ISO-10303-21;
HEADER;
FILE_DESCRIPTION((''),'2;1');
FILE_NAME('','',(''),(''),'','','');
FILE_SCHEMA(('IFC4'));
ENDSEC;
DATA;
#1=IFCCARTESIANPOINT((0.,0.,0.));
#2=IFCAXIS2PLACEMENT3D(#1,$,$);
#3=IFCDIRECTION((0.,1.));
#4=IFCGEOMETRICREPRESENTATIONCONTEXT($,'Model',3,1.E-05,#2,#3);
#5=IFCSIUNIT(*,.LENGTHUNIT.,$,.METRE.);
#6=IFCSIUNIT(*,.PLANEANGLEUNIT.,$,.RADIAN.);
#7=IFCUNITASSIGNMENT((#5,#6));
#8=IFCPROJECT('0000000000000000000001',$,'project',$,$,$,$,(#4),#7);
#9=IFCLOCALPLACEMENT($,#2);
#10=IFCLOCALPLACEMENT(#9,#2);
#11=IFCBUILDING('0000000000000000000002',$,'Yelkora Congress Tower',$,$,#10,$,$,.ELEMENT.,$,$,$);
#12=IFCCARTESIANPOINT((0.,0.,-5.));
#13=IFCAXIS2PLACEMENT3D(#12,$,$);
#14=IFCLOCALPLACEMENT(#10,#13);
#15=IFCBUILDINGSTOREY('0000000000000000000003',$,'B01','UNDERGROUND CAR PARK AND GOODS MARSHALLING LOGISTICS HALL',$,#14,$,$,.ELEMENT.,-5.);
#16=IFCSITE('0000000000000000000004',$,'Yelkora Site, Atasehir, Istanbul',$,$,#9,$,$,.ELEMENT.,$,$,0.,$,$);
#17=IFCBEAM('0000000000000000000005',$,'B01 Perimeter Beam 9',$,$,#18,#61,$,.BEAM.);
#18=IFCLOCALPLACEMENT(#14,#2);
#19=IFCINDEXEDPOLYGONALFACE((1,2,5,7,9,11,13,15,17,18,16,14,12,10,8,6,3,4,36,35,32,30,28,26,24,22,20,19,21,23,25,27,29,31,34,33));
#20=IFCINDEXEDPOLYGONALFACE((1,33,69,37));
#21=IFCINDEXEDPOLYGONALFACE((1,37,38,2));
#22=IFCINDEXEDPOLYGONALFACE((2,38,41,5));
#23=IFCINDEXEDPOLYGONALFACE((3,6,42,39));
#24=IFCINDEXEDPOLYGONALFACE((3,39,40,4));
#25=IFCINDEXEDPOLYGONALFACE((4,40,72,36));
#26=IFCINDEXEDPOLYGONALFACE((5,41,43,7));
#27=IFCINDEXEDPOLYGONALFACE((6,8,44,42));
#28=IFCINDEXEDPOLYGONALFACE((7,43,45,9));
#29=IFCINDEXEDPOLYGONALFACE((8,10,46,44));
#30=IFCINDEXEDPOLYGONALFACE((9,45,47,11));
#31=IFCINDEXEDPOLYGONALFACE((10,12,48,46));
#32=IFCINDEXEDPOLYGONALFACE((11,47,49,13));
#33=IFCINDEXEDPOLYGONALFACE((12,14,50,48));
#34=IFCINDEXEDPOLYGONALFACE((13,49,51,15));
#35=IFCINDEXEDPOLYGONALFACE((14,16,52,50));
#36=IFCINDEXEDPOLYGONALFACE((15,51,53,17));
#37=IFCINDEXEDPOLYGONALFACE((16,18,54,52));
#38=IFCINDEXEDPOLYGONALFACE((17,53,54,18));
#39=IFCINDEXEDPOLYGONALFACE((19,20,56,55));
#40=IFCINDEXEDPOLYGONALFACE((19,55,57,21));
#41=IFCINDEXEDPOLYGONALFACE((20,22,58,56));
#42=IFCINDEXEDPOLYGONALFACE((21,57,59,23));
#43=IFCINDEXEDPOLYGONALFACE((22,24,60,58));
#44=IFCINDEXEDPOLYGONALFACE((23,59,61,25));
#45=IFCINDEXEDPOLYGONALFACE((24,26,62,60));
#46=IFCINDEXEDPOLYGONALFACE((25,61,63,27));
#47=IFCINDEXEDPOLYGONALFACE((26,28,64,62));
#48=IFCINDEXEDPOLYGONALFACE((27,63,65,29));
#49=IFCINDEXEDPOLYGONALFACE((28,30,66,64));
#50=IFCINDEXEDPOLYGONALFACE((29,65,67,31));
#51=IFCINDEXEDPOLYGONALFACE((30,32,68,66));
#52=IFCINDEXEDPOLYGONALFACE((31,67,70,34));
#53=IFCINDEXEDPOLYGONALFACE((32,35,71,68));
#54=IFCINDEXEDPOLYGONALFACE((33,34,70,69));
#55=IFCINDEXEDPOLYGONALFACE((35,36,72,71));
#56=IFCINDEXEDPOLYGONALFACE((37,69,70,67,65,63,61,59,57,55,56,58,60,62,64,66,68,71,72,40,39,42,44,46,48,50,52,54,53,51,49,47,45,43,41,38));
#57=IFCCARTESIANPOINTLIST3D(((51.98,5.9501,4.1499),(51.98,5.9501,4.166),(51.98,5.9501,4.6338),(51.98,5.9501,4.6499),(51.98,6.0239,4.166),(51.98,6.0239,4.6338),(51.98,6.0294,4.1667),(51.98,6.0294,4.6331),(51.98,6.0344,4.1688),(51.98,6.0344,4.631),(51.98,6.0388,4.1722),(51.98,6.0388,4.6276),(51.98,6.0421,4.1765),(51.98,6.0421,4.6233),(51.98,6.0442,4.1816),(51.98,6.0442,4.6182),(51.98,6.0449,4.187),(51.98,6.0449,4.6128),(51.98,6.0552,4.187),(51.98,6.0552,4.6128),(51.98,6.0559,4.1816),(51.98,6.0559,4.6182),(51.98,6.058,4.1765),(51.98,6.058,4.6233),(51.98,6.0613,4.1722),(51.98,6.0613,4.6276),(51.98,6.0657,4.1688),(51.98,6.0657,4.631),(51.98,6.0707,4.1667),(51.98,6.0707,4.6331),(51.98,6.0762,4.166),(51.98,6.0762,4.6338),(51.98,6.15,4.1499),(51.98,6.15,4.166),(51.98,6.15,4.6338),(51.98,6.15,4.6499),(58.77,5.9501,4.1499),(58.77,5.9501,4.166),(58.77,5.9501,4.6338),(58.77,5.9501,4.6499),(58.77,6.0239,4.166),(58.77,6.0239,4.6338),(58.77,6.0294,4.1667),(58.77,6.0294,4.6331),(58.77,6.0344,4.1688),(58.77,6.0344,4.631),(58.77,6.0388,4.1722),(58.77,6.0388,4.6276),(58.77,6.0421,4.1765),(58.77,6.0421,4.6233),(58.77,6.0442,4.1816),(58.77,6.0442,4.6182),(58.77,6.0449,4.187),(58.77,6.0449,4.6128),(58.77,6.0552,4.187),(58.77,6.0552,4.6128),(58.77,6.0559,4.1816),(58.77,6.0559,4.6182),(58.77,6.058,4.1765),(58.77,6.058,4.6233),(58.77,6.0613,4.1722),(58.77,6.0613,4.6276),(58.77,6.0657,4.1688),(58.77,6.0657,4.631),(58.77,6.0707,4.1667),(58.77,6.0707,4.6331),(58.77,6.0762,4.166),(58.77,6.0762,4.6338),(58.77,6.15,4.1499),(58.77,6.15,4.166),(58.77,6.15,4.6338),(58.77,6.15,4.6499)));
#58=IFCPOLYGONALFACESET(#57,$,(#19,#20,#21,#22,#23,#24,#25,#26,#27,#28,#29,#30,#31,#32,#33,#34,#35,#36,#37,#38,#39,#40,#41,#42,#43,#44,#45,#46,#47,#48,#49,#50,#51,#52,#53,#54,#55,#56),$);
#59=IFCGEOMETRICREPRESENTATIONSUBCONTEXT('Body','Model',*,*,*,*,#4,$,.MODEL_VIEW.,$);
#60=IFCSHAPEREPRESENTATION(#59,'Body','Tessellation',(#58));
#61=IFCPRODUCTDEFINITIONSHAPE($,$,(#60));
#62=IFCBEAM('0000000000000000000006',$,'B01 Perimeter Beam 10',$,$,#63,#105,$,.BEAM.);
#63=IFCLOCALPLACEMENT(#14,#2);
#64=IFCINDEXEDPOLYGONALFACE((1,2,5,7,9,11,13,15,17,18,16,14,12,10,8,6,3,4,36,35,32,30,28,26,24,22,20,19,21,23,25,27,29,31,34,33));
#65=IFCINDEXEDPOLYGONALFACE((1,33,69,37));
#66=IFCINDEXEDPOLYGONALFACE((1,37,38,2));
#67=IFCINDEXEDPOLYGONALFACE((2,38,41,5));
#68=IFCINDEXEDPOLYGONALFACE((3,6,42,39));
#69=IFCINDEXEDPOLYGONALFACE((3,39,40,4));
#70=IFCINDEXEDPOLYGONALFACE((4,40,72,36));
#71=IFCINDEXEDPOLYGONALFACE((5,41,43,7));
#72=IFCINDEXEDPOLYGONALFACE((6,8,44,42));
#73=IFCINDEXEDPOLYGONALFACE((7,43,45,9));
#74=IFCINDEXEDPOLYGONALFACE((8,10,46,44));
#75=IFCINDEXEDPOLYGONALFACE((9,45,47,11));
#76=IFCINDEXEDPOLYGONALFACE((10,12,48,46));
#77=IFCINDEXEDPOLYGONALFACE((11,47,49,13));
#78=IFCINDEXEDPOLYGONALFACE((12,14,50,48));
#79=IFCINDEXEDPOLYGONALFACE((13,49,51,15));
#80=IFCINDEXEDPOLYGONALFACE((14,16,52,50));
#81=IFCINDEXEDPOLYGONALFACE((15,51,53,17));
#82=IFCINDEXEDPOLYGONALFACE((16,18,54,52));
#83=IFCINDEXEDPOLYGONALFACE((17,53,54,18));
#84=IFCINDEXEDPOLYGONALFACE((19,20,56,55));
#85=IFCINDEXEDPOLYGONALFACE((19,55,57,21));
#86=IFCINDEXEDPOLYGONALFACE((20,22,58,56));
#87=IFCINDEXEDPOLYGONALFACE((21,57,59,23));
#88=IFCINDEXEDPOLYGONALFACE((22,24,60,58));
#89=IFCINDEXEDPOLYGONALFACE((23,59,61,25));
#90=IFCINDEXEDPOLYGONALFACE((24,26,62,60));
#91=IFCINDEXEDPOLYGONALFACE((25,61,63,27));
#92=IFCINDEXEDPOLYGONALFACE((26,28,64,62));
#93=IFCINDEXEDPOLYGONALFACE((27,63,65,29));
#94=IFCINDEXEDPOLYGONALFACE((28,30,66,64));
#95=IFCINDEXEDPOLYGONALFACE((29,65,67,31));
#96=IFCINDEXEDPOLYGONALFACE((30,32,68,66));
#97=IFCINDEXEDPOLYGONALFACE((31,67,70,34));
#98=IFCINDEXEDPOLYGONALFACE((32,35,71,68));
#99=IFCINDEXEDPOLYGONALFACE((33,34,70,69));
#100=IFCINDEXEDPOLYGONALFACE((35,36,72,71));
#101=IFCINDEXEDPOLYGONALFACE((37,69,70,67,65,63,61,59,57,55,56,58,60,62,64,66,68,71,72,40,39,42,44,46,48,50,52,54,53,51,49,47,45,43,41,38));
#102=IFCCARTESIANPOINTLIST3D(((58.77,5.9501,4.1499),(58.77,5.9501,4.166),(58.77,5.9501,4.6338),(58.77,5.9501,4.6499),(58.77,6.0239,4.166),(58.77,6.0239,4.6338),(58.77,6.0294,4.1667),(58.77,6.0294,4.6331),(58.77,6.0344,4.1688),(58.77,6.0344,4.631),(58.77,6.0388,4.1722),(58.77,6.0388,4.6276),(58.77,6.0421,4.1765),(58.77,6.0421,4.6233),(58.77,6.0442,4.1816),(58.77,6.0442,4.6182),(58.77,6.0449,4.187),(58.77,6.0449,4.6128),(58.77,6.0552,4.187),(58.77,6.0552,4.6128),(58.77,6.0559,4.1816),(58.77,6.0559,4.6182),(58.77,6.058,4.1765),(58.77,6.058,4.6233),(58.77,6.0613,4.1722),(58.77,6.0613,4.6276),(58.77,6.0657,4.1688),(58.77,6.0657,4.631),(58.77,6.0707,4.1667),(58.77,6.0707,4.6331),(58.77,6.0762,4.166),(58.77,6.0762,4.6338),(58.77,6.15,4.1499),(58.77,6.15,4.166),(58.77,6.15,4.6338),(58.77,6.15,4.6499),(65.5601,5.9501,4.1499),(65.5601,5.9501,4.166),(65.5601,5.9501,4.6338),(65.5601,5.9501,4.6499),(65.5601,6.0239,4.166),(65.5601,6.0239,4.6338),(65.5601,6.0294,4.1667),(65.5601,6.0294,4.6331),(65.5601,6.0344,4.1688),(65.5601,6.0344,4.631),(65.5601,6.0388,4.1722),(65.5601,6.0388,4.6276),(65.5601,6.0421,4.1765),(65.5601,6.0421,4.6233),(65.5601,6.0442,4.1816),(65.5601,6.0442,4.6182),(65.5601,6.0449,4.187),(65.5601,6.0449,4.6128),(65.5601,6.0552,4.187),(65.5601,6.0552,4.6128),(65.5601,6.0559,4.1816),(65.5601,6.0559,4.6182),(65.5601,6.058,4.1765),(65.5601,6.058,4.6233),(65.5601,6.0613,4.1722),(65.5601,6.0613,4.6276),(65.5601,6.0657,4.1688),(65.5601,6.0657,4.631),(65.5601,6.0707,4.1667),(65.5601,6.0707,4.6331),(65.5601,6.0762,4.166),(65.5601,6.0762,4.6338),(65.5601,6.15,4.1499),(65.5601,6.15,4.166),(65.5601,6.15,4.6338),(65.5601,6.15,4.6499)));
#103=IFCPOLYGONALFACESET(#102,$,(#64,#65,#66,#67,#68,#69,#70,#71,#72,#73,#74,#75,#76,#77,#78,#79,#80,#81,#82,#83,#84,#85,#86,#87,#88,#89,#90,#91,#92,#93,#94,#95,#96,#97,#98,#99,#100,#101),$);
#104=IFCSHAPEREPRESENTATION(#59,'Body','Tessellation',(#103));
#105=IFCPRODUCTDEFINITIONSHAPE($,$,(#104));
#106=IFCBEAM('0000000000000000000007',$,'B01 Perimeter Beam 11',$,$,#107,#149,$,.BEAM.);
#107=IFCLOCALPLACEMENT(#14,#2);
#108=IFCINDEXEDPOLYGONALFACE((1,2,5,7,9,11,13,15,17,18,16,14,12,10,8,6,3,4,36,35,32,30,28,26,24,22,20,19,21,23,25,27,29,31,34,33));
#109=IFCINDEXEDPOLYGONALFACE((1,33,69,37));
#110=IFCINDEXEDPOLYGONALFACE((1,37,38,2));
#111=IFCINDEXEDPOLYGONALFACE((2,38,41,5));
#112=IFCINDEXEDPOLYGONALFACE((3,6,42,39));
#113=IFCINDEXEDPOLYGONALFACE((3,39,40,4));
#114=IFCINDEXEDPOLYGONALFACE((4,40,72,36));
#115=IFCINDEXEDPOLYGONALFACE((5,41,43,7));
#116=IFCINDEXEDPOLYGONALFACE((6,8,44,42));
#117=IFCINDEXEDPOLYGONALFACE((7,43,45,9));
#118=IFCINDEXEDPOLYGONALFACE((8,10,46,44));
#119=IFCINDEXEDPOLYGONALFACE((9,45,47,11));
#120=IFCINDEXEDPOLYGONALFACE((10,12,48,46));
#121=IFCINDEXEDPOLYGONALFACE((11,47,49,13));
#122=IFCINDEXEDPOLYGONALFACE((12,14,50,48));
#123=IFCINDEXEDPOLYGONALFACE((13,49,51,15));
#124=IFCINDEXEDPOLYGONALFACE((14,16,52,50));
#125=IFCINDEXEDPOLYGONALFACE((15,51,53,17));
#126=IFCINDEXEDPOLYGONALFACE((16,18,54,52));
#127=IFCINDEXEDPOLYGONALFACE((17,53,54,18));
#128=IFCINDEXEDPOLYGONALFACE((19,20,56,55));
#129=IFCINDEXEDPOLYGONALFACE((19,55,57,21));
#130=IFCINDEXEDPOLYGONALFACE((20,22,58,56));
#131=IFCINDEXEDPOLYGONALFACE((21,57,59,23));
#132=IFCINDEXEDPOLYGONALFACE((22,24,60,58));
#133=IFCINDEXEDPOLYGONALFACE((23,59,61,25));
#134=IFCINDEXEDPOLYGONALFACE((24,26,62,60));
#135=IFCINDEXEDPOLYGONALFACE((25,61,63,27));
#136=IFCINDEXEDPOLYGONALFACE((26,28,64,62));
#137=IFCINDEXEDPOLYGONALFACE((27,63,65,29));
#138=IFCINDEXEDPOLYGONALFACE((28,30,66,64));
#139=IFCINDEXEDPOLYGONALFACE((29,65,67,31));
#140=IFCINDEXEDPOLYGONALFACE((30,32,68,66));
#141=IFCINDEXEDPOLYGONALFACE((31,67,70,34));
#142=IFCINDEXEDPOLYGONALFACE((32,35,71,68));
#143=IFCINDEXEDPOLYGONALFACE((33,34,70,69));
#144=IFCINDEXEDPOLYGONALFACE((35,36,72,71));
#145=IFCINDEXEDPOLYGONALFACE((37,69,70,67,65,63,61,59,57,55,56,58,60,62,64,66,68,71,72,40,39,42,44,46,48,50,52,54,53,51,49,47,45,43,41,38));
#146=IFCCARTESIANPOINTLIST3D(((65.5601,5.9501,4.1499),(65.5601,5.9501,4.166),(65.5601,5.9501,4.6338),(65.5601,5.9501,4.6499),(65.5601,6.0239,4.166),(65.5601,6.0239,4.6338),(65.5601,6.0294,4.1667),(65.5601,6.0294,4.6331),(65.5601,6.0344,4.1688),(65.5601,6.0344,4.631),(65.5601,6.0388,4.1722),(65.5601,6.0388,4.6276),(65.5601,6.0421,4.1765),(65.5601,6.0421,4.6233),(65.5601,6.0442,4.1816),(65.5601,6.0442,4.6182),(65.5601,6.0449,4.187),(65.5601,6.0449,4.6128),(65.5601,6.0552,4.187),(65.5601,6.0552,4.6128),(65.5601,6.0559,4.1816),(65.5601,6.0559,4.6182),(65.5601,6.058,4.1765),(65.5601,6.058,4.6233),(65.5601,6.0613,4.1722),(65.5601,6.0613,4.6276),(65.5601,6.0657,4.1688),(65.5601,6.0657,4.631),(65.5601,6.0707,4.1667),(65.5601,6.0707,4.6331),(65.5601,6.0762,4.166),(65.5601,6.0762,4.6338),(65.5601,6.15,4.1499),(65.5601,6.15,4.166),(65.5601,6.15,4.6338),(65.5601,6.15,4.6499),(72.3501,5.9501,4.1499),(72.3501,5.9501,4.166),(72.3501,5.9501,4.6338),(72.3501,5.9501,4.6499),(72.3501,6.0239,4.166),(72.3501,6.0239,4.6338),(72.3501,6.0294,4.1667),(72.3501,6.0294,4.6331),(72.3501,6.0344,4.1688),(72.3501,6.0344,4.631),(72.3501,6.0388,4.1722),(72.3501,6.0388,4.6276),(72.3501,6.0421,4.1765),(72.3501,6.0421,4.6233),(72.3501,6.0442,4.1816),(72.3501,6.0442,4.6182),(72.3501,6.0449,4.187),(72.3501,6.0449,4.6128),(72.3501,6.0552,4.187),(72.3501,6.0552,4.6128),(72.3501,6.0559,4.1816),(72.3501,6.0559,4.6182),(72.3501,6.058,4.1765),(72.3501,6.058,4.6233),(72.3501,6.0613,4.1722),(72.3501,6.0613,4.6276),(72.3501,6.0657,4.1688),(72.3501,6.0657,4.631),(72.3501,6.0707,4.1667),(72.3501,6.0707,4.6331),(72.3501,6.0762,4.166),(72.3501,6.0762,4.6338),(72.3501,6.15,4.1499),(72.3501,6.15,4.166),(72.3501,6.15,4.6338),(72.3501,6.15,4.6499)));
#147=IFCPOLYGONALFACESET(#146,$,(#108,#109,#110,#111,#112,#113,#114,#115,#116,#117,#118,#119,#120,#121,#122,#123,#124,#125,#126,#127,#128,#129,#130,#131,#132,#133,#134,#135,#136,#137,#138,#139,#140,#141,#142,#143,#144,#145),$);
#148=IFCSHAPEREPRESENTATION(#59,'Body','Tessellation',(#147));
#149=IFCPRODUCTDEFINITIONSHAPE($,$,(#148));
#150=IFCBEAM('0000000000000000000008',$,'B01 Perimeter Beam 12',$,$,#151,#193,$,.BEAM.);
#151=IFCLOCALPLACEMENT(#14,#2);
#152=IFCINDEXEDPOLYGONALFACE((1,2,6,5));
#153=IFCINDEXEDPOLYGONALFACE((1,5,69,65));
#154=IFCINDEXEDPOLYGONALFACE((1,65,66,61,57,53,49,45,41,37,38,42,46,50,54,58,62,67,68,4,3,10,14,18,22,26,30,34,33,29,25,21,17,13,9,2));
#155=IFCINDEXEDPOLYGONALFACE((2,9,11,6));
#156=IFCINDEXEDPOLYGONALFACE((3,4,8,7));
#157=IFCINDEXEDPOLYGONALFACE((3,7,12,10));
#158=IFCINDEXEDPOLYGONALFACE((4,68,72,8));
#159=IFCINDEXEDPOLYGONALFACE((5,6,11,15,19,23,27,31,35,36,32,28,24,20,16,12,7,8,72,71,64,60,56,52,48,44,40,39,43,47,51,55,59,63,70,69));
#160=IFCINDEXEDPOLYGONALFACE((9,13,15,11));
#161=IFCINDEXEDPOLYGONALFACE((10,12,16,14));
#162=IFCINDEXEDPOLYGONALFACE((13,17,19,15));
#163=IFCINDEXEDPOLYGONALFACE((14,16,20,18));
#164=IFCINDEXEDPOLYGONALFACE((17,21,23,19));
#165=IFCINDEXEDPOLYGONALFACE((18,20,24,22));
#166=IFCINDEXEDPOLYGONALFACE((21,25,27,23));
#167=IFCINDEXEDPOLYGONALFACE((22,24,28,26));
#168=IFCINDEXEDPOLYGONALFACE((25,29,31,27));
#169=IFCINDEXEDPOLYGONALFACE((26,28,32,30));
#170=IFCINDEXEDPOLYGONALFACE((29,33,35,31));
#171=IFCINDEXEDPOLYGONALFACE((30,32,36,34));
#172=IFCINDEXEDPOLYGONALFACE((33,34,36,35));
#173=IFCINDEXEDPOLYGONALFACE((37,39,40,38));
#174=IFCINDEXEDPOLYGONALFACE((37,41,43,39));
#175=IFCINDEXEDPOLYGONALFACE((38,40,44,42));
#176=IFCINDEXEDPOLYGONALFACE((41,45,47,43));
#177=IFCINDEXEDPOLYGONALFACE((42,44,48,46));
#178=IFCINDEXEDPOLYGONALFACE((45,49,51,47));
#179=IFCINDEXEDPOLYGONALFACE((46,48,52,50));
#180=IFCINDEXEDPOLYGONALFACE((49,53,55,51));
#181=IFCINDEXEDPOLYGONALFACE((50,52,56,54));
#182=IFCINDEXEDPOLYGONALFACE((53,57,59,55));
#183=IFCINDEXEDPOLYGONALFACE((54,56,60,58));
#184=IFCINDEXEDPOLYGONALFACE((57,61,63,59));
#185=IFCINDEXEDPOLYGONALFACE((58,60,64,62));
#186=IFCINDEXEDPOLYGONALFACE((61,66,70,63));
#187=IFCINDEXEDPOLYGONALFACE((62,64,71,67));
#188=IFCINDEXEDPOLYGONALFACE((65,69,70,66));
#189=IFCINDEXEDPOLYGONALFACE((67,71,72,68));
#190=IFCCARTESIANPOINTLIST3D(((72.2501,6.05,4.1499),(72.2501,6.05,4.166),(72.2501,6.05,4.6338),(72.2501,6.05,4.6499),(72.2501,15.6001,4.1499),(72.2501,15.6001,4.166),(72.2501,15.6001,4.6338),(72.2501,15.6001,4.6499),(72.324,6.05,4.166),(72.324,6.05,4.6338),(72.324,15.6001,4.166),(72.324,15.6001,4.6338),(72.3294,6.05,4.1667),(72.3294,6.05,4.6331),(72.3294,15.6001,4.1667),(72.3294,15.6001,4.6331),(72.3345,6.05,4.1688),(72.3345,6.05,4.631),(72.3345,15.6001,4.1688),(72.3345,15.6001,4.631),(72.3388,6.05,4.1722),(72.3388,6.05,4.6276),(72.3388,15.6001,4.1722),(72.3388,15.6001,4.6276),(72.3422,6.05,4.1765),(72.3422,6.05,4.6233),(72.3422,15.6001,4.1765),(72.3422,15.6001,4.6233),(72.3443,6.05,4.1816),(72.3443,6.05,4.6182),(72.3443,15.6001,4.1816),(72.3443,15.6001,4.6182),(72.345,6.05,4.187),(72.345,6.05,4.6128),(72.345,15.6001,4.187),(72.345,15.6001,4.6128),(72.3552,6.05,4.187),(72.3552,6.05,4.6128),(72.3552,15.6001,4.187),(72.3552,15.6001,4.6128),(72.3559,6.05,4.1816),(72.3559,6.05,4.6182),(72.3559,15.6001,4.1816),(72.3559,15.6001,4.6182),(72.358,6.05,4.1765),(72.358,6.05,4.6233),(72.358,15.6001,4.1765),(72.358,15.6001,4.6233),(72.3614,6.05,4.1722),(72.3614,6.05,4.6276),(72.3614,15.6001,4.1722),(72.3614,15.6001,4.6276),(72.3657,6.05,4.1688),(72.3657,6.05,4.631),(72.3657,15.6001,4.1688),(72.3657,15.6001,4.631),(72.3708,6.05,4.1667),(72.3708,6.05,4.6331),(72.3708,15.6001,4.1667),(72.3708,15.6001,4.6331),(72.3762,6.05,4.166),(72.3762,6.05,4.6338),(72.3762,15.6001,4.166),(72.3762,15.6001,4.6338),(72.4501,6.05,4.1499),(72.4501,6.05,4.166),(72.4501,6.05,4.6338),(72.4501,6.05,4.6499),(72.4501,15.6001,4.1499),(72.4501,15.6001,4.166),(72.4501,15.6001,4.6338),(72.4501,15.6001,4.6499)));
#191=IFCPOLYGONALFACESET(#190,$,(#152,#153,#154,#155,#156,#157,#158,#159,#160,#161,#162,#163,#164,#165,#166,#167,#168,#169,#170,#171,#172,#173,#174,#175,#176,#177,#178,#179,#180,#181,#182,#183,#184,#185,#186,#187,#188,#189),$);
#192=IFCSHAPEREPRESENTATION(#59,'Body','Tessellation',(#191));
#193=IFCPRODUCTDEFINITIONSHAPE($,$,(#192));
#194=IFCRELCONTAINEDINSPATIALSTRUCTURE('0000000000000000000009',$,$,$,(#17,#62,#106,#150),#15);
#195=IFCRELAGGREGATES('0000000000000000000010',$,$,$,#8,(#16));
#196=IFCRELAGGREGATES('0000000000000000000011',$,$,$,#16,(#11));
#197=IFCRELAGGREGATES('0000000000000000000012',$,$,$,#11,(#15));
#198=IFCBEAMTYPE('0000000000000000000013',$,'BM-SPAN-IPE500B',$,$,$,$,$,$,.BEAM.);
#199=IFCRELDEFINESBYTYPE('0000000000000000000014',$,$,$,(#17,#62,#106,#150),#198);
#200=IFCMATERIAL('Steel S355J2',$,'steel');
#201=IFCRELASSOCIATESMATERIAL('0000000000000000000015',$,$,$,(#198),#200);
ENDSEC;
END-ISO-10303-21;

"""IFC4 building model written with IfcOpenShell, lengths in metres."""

from ifc_helpers import new_model, si_unit, direction, frame, origin, origin_2d, place, context, subcontext, project, spatial, i_section, extrude, material, material_profile, profile_set, type_object, element, save


model = new_model("IFC4")

# Units and contexts
model_context = context("Model", 3, precision=1e-05, world=origin(), true_north=direction((0.0, 1.0)))
body_context = subcontext(model_context, "Body", "Model", "MODEL_VIEW")
ifc_project = project(units=[si_unit("LENGTHUNIT", "METRE"), si_unit("PLANEANGLEUNIT", "RADIAN")], contexts=[model_context])

# Site, building, storey
site_placement = place(None, origin())
site = spatial("IfcSite", under=ifc_project, at=site_placement, Name="Yelkora Site, Atasehir, Istanbul", CompositionType="ELEMENT", RefElevation=0.0)
building_placement = place(site_placement, origin())
building = spatial("IfcBuilding", under=site, at=building_placement, Name="Yelkora Congress Tower", CompositionType="ELEMENT")
storey_placement = place(building_placement, frame((0.0, 0.0, -5.0)))
storey = spatial("IfcBuildingStorey", under=building, at=storey_placement, Name="B01", Description="UNDERGROUND CAR PARK AND GOODS MARSHALLING LOGISTICS HALL", CompositionType="ELEMENT", Elevation=-5.0)

# Beams
ifc_material_1 = material(Name="Steel S355J2", Category="steel")
ifc_material_profile_1 = material_profile(ifc_material_1, i_section(OverallWidth=0.2, OverallDepth=0.5, WebThickness=0.0103, FlangeThickness=0.0161, FilletRadius=0.021, at=origin_2d()), Name="IPE 500")
ifc_profile_set_1 = profile_set([ifc_material_profile_1], Name="Steel S355J2")
beam_type_1 = type_object("IfcBeamType", Name="BM-SPAN-IPE500B", PredefinedType="BEAM", material=ifc_profile_set_1)
for number, where, z_axis, x_axis, name in (
    (1, (51.98, 6.05, 4.3999), (1.0, 0.0, 0.0), (0.0, 1.0, 0.0), "B01 Perimeter Beam 9"),
    (2, (58.77, 6.05, 4.3999), (1.0, 0.0, 0.0), (0.0, 1.0, 0.0), "B01 Perimeter Beam 10"),
    (3, (65.5601, 6.05, 4.3999), (1.0, 0.0, 0.0), (0.0, 1.0, 0.0), "B01 Perimeter Beam 11"),
):
    element("IfcBeam", number, at=place(storey_placement, frame(where, z_axis=z_axis, x_axis=x_axis)), inside=storey, type_object=beam_type_1, Name=name, PredefinedType="BEAM", context=body_context, shape_type="SweptSolid", body=[
        extrude(i_section(OverallWidth=0.2, OverallDepth=0.5, WebThickness=0.0103, FlangeThickness=0.0161, FilletRadius=0.021, at=origin_2d()), origin(), (0.0, 0.0, 1.0), 6.79),
    ])
beam_1_placement = place(storey_placement, frame((72.3501, 6.05, 4.3999), z_axis=(0.0, 1.0, 0.0), x_axis=(-1.0, 0.0, 0.0)))
element("IfcBeam", 4, at=beam_1_placement, inside=storey, type_object=beam_type_1, Name="B01 Perimeter Beam 12", PredefinedType="BEAM", context=body_context, shape_type="SweptSolid", body=[
    extrude(i_section(OverallWidth=0.2, OverallDepth=0.5, WebThickness=0.0103, FlangeThickness=0.0161, FilletRadius=0.021, at=origin_2d()), origin(), (0.0, 0.0, 1.0), 9.55),
])

save(model, "model.ifc")
